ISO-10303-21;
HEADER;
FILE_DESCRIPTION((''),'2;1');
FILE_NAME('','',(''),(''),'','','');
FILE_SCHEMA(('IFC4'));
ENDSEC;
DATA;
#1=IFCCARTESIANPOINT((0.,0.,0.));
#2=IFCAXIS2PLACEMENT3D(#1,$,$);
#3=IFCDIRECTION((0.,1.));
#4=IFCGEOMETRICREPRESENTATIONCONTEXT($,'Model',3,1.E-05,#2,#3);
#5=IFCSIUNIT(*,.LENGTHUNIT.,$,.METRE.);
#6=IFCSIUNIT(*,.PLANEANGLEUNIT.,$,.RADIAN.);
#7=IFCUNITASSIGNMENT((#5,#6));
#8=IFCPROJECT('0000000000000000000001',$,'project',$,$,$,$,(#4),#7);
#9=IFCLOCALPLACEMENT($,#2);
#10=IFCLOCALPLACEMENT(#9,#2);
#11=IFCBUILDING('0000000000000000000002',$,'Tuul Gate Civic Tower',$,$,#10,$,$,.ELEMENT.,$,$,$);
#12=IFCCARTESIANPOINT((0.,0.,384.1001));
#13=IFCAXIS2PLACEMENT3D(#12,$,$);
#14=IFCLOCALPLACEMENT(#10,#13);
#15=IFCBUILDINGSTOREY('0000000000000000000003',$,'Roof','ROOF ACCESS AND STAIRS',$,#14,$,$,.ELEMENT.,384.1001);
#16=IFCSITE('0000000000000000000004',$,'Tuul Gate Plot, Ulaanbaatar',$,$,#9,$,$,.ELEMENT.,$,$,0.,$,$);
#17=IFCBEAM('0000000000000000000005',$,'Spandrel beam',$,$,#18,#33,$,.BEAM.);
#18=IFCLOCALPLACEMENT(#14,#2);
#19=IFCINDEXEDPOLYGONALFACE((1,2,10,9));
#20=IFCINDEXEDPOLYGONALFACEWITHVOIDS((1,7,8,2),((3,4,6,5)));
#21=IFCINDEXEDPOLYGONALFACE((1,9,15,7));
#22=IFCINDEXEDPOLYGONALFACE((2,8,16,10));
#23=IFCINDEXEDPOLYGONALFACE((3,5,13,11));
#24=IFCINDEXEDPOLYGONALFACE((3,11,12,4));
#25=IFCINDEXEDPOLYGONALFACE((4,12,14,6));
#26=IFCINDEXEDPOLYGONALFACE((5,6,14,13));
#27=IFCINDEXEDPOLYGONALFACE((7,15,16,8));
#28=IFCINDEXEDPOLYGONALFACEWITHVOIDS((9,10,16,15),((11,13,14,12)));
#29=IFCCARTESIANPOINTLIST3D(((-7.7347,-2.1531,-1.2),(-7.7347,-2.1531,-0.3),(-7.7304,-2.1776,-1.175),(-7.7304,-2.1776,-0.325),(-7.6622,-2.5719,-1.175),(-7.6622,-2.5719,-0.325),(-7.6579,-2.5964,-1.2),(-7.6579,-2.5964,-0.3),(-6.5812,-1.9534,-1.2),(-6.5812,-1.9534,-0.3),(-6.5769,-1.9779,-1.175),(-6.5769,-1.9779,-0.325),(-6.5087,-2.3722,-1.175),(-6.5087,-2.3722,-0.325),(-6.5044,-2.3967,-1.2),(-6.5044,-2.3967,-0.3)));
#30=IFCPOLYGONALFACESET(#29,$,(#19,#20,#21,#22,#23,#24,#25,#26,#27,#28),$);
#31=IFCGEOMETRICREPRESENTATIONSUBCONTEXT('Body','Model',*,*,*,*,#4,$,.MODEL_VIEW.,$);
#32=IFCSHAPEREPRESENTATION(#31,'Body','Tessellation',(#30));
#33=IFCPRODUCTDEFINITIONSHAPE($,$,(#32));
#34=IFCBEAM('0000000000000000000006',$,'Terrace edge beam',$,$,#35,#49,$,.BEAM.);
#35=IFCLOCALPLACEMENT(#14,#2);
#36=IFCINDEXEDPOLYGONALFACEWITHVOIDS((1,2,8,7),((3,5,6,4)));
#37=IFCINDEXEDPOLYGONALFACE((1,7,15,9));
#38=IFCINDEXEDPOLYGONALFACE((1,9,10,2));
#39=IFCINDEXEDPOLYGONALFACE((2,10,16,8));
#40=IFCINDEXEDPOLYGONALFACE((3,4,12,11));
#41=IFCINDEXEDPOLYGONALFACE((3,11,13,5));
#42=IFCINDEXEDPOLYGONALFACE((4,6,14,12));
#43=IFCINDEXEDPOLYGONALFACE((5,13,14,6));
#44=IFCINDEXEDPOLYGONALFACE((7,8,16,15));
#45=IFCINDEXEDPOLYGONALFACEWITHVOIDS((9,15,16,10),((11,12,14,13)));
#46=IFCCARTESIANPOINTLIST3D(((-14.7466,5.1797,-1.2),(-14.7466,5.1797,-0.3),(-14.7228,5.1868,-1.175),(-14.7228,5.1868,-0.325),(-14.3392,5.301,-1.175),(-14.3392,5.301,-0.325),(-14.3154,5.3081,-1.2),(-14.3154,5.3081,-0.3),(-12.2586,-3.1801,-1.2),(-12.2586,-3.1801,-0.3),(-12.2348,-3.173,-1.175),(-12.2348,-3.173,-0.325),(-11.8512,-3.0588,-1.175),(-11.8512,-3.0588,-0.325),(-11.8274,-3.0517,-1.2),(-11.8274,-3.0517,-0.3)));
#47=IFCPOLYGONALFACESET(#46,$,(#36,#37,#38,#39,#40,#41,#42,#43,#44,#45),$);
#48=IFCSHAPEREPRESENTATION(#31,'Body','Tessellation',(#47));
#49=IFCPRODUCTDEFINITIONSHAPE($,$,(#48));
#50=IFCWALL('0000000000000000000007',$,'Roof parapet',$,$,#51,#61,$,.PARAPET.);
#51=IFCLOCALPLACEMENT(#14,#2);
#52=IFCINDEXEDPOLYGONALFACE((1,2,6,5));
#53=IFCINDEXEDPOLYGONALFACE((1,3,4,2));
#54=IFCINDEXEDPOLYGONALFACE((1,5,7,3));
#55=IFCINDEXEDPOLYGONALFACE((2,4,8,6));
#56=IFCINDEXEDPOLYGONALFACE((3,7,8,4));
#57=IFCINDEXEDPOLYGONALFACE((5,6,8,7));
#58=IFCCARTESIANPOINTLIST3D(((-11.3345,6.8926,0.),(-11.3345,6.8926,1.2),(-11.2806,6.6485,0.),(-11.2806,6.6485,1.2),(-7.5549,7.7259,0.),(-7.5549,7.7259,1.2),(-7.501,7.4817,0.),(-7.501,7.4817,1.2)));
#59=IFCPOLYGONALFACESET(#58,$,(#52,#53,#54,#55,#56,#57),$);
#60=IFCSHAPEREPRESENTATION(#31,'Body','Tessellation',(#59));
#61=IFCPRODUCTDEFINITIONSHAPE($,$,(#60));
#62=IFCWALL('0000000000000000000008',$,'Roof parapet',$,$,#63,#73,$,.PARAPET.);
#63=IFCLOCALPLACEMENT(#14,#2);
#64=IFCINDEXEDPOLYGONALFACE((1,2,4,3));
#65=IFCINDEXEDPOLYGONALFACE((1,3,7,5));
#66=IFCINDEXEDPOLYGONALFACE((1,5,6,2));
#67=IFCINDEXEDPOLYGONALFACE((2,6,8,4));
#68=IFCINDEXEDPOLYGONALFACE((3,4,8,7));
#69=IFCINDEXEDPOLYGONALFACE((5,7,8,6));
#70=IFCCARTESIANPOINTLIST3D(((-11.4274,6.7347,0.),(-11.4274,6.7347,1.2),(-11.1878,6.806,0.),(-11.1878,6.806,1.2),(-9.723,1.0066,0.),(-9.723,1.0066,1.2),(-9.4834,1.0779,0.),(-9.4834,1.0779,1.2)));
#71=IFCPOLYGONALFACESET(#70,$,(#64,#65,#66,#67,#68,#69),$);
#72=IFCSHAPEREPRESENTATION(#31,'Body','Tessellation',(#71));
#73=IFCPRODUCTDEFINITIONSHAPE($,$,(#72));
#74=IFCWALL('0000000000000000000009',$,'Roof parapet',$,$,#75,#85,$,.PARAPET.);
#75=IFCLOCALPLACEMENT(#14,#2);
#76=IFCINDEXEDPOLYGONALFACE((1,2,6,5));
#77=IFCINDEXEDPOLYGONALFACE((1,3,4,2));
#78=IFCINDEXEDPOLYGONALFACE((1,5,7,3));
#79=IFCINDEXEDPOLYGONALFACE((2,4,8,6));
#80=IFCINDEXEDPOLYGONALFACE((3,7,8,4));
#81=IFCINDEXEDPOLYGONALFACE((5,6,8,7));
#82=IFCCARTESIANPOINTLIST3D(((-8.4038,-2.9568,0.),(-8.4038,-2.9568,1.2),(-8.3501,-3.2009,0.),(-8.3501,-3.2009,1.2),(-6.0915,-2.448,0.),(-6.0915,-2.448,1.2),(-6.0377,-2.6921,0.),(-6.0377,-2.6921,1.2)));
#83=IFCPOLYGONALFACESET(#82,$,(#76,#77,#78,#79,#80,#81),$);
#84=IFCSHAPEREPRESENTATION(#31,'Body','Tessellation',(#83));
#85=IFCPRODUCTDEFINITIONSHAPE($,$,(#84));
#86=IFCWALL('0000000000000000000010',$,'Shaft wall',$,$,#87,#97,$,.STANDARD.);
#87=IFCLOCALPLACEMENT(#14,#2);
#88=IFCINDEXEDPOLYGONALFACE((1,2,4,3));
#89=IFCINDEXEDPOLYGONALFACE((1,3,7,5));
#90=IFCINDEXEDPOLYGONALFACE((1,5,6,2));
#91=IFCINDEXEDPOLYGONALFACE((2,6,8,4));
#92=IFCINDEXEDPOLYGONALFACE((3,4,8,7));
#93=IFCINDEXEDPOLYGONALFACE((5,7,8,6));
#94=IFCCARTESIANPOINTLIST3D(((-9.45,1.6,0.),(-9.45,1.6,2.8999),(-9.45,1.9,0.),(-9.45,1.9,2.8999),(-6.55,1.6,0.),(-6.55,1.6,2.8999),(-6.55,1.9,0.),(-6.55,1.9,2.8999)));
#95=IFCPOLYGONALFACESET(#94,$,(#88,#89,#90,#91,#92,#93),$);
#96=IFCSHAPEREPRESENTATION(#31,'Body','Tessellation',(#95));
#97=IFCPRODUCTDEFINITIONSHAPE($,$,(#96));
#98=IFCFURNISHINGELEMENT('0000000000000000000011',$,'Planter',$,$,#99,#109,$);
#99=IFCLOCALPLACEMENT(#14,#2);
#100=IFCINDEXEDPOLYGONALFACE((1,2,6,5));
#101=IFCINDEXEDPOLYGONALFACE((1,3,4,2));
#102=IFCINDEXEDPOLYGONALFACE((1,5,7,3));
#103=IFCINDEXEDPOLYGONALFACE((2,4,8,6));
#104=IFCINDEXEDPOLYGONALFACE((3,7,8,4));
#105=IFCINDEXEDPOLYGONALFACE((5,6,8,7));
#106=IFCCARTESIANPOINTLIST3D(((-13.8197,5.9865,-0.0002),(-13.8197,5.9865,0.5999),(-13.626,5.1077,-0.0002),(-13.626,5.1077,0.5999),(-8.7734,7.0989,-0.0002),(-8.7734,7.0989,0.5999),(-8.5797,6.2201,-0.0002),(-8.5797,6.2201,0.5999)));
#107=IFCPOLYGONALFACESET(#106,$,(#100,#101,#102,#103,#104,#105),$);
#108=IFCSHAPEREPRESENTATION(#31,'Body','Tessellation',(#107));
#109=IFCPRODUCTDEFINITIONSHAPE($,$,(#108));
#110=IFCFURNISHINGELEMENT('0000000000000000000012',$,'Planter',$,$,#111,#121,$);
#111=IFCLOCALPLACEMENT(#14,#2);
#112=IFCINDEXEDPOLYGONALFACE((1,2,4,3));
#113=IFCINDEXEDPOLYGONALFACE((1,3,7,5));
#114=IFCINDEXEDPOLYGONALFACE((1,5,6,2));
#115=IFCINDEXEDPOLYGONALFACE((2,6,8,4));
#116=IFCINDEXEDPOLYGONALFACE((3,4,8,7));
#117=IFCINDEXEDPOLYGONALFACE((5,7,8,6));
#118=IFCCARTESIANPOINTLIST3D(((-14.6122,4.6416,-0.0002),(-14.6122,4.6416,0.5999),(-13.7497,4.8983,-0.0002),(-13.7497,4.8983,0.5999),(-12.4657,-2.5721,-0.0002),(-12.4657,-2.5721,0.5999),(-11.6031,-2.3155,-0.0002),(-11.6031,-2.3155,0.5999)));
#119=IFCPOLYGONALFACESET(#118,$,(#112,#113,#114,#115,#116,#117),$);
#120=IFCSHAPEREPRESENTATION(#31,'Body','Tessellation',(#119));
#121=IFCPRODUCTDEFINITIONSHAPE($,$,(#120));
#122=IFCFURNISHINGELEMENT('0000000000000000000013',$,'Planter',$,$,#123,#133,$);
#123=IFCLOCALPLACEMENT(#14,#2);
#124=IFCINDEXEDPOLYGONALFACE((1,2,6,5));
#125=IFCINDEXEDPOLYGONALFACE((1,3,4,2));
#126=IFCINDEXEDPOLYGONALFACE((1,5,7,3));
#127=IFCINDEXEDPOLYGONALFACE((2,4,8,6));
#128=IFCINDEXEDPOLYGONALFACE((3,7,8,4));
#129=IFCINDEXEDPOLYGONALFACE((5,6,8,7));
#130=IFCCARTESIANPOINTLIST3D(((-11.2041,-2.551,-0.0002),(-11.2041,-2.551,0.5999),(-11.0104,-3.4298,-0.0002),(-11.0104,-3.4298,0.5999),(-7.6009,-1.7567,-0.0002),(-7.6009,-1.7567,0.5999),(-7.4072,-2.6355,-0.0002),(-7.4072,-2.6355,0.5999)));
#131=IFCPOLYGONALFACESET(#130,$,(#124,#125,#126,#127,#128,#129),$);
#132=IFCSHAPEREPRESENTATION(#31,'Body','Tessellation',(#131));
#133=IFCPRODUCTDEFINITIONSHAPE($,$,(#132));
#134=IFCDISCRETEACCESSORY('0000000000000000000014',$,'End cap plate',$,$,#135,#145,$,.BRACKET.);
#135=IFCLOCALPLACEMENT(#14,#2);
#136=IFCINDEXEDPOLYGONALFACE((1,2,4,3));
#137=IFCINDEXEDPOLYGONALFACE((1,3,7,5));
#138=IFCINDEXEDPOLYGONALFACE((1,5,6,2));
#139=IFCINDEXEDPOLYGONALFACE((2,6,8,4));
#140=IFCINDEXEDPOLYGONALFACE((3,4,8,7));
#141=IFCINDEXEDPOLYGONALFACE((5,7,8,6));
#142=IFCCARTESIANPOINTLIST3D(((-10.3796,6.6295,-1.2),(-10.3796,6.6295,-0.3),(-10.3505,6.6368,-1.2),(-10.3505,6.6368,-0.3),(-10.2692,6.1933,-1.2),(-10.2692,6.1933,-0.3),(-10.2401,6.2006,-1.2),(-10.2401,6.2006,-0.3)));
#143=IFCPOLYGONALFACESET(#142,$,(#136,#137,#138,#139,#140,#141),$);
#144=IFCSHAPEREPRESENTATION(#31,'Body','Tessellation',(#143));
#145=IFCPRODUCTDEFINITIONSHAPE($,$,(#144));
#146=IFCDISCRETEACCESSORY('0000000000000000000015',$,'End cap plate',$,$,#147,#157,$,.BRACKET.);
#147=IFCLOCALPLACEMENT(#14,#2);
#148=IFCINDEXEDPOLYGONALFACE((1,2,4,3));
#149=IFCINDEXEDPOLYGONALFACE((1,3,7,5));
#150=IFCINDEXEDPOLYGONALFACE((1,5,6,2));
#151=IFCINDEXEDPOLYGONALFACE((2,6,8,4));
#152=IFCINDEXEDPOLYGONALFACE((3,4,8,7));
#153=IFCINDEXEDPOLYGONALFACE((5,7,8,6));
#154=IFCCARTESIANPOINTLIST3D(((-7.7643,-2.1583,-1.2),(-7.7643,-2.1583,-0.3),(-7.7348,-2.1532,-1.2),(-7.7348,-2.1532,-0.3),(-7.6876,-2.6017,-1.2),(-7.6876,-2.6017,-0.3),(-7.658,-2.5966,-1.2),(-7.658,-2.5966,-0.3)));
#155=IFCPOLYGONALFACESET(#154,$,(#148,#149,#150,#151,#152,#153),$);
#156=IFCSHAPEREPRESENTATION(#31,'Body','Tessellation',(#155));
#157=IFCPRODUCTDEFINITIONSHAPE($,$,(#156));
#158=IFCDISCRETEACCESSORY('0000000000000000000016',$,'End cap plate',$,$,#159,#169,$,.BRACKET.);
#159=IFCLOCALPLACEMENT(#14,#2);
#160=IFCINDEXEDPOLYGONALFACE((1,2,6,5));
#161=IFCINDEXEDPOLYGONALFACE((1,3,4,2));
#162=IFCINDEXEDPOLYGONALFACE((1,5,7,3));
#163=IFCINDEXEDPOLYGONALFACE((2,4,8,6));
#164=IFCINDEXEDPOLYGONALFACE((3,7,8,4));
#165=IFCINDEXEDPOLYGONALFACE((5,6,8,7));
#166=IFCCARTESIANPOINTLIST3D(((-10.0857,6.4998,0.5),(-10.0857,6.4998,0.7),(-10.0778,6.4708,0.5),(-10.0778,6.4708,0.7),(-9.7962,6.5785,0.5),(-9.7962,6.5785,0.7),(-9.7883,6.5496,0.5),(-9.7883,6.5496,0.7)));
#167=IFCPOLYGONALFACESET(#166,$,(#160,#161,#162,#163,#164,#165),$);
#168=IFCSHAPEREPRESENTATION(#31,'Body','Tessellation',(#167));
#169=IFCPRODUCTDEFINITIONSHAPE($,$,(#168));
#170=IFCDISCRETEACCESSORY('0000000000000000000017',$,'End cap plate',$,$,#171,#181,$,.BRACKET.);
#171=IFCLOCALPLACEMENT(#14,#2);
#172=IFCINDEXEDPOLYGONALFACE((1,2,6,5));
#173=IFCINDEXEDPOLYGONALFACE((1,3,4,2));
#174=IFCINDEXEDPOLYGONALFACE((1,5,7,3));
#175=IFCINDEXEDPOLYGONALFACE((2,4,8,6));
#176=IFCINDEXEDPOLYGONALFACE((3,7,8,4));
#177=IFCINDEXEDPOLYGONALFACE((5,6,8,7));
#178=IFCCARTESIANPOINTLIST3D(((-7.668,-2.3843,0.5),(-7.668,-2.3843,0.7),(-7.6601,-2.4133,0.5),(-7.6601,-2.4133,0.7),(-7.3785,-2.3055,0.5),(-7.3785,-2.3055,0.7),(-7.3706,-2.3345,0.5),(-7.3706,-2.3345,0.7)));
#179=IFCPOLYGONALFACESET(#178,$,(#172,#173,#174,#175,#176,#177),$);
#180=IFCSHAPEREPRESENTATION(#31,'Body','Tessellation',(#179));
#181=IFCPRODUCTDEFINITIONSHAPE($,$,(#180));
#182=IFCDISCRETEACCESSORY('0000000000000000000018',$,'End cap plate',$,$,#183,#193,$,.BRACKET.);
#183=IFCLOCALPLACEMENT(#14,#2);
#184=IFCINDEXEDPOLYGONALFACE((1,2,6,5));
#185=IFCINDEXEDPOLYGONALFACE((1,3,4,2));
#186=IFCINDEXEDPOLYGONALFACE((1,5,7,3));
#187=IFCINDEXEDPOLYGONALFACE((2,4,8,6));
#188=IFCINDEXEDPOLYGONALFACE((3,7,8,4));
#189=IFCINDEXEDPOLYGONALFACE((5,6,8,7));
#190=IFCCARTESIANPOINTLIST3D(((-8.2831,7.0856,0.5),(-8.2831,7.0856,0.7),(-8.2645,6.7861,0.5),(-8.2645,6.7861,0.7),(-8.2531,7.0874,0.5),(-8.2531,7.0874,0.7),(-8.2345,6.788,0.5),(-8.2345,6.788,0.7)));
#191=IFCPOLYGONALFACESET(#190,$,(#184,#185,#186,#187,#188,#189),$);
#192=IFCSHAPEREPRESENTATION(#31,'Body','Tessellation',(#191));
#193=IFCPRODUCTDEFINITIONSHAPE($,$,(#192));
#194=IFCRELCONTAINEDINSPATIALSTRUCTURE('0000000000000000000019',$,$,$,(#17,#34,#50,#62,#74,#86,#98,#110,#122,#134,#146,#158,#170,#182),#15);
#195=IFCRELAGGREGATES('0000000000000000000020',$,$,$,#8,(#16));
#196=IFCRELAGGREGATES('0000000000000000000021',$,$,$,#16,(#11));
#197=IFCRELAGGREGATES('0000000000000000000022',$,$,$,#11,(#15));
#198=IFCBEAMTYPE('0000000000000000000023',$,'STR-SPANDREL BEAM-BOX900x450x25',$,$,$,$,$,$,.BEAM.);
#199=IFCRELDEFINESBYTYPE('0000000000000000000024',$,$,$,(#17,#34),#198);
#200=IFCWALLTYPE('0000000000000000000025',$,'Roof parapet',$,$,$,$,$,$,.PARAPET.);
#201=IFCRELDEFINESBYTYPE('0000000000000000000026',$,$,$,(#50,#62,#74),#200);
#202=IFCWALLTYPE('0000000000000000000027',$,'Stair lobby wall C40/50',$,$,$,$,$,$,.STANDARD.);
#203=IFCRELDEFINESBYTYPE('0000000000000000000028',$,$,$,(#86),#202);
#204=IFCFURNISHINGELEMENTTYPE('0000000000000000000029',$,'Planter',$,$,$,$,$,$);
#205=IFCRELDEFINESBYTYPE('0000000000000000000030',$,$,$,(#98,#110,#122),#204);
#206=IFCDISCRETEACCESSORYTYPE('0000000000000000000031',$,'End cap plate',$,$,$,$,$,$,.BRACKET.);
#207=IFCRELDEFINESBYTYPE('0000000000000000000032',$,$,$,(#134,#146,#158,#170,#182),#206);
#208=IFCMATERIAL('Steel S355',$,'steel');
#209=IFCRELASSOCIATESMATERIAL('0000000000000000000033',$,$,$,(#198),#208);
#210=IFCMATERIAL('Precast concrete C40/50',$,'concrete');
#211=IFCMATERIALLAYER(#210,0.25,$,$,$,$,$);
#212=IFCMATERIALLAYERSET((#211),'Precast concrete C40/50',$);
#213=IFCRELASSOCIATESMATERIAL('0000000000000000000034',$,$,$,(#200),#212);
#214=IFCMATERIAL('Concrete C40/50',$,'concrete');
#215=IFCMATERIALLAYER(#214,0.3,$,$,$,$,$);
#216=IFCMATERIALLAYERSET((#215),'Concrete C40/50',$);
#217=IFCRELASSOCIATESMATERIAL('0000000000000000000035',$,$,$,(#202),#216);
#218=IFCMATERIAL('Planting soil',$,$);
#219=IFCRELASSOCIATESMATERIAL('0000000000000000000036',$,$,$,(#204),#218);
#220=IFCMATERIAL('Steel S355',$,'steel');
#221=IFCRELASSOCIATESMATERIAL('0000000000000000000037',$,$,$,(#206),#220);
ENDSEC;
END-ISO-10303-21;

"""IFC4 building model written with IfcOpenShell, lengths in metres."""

from ifc_helpers import new_model, si_unit, direction, frame, frame_2d, origin, origin_2d, place, context, subcontext, project, spatial, rectangle, hollow_rectangle, extrude, material, layer, layer_set, material_profile, profile_set, type_object, element, save


model = new_model("IFC4")

# Units and contexts
model_context = context("Model", 3, precision=1e-05, world=origin(), true_north=direction((0.0, 1.0)))
body_context = subcontext(model_context, "Body", "Model", "MODEL_VIEW")
ifc_project = project(units=[si_unit("LENGTHUNIT", "METRE"), si_unit("PLANEANGLEUNIT", "RADIAN")], contexts=[model_context])

# Site, building, storey
site_placement = place(None, origin())
site = spatial("IfcSite", under=ifc_project, at=site_placement, Name="Tuul Gate Plot, Ulaanbaatar", CompositionType="ELEMENT", RefElevation=0.0)
building_placement = place(site_placement, origin())
building = spatial("IfcBuilding", under=site, at=building_placement, Name="Tuul Gate Civic Tower", CompositionType="ELEMENT")
storey_placement = place(building_placement, frame((0.0, 0.0, 384.1001)))
storey = spatial("IfcBuildingStorey", under=building, at=storey_placement, Name="Roof", Description="ROOF ACCESS AND STAIRS", CompositionType="ELEMENT", Elevation=384.1001)

# Beams
ifc_material_1 = material(Name="Steel S355", Category="steel")
ifc_material_profile_1 = material_profile(ifc_material_1, hollow_rectangle(XDim=0.45, YDim=0.8999, WallThickness=0.0249, at=origin_2d()), Name="BOX900x450x25")
ifc_profile_set_1 = profile_set([ifc_material_profile_1], Name="Steel S355")
beam_type_1 = type_object("IfcBeamType", Name="STR-SPANDREL BEAM-BOX900x450x25", PredefinedType="BEAM", material=ifc_profile_set_1)
beam_1_placement = place(storey_placement, frame((-7.6963, -2.3748, -0.75), z_axis=(0.985343, 0.170584, 0.0), x_axis=(-0.170584, 0.985343, 0.0)))
element("IfcBeam", 1, at=beam_1_placement, inside=storey, type_object=beam_type_1, Name="Spandrel beam", PredefinedType="BEAM", context=body_context, shape_type="SweptSolid", body=[
    extrude(hollow_rectangle(XDim=0.45, YDim=0.8999, WallThickness=0.0249, at=origin_2d()), origin(), (0.0, 0.0, 1.0), 1.1707),
])
beam_2_placement = place(storey_placement, frame((-14.531, 5.2439, -0.75), z_axis=(0.285252, -0.958453, 0.0), x_axis=(0.958453, 0.285252, 0.0)))
element("IfcBeam", 2, at=beam_2_placement, inside=storey, type_object=beam_type_1, Name="Terrace edge beam", PredefinedType="BEAM", context=body_context, shape_type="SweptSolid", body=[
    extrude(hollow_rectangle(XDim=0.45, YDim=0.8999, WallThickness=0.0249, at=origin_2d()), origin(), (0.0, 0.0, 1.0), 8.7222),
])

# Walls
ifc_material_2 = material(Name="Precast concrete C40/50", Category="concrete")
ifc_layer_1 = layer(ifc_material_2, 0.25)
ifc_layer_set_1 = layer_set([ifc_layer_1], Name="Precast concrete C40/50")
wall_type_1 = type_object("IfcWallType", Name="Roof parapet", PredefinedType="PARAPET", material=ifc_layer_set_1)
wall_1_placement = place(storey_placement, frame((-7.5281, 7.6038, 0.0), z_axis=(0.0, 0.0, 1.0), x_axis=(-0.976549, -0.215294, 0.0)))
element("IfcWall", 3, at=wall_1_placement, inside=storey, type_object=wall_type_1, Name="Roof parapet", PredefinedType="PARAPET", context=body_context, shape_type="SweptSolid", body=[
    extrude(rectangle(XDim=3.8704, YDim=0.25, at=frame_2d((1.9351, 0.0))), origin(), (0.0, 0.0, 1.0), 1.2),
])
wall_2_placement = place(storey_placement, frame((-11.3076, 6.7705, 0.0), z_axis=(0.0, 0.0, 1.0), x_axis=(0.285188, -0.958471, 0.0)))
element("IfcWall", 4, at=wall_2_placement, inside=storey, type_object=wall_type_1, Name="Roof parapet", PredefinedType="PARAPET", context=body_context, shape_type="SweptSolid", body=[
    extrude(rectangle(XDim=5.9763, YDim=0.25, at=frame_2d((2.9883, 0.0))), origin(), (0.0, 0.0, 1.0), 1.2),
])
wall_3_placement = place(storey_placement, frame((-8.377, -3.0789, 0.0), z_axis=(0.0, 0.0, 1.0), x_axis=(0.976636, 0.214899, 0.0)))
element("IfcWall", 5, at=wall_3_placement, inside=storey, type_object=wall_type_1, Name="Roof parapet", PredefinedType="PARAPET", context=body_context, shape_type="SweptSolid", body=[
    extrude(rectangle(XDim=2.3677, YDim=0.25, at=frame_2d((1.1838, 0.0))), origin(), (0.0, 0.0, 1.0), 1.2),
])
ifc_material_3 = material(Name="Concrete C40/50", Category="concrete")
ifc_layer_2 = layer(ifc_material_3, 0.3)
ifc_layer_set_2 = layer_set([ifc_layer_2], Name="Concrete C40/50")
wall_type_2 = type_object("IfcWallType", Name="Stair lobby wall C40/50", PredefinedType="STANDARD", material=ifc_layer_set_2)
wall_4_placement = place(storey_placement, frame((-9.45, 1.75, 0.0), z_axis=(0.0, 0.0, 1.0), x_axis=(1.0, 0.0, 0.0)))
element("IfcWall", 6, at=wall_4_placement, inside=storey, type_object=wall_type_2, Name="Shaft wall", PredefinedType="STANDARD", context=body_context, shape_type="SweptSolid", body=[
    extrude(rectangle(XDim=2.8999, YDim=0.3, at=frame_2d((1.45, 0.0))), origin(), (0.0, 0.0, 1.0), 2.8999),
])

# Furnishing elements
ifc_material_4 = material(Name="Planting soil")
furnishing_element_type = type_object("IfcFurnishingElementType", Name="Planter", material=ifc_material_4)
furnishing_1_placement = place(storey_placement, frame((-11.1997, 6.1033, -0.0002), z_axis=(0.0, 0.0, 1.0), x_axis=(-0.976556, -0.215265, 0.0)))
element("IfcFurnishingElement", 7, at=furnishing_1_placement, inside=storey, type_object=furnishing_element_type, Name="Planter", context=body_context, shape_type="SweptSolid", body=[
    extrude(rectangle(XDim=5.1675, YDim=0.8999, at=origin_2d()), origin(), (0.0, 0.0, 1.0), 0.6001),
])
furnishing_2_placement = place(storey_placement, frame((-13.1077, 1.1631, -0.0002), z_axis=(0.0, 0.0, 1.0), x_axis=(0.285203, -0.958467, 0.0)))
element("IfcFurnishingElement", 8, at=furnishing_2_placement, inside=storey, type_object=furnishing_element_type, Name="Planter", context=body_context, shape_type="SweptSolid", body=[
    extrude(rectangle(XDim=7.5264, YDim=0.8999, at=origin_2d()), origin(), (0.0, 0.0, 1.0), 0.6001),
])
furnishing_3_placement = place(storey_placement, frame((-9.3057, -2.5933, -0.0002), z_axis=(0.0, 0.0, 1.0), x_axis=(0.976553, 0.215278, 0.0)))
element("IfcFurnishingElement", 9, at=furnishing_3_placement, inside=storey, type_object=furnishing_element_type, Name="Planter", context=body_context, shape_type="SweptSolid", body=[
    extrude(rectangle(XDim=3.6897, YDim=0.8999, at=origin_2d()), origin(), (0.0, 0.0, 1.0), 0.6001),
])

# Discrete accessories
ifc_material_5 = material(Name="Steel S355", Category="steel")
discrete_accessory_type_1 = type_object("IfcDiscreteAccessoryType", Name="End cap plate", PredefinedType="BRACKET", material=ifc_material_5)
for number, where, z_axis, x_axis, name in (
    (10, (-10.3098, 6.415, -1.2), (0.0, 0.0, 1.0), (-0.969434, -0.245353, 0.0), "End cap plate"),
    (11, (-7.7112, -2.3774, -1.2), (0.0, 0.0, 1.0), (0.985352, 0.170531, 0.0), "End cap plate"),
):
    element("IfcDiscreteAccessory", number, at=place(storey_placement, frame(where, z_axis=z_axis, x_axis=x_axis)), inside=storey, type_object=discrete_accessory_type_1, Name=name, PredefinedType="BRACKET", context=body_context, shape_type="SweptSolid", body=[
        extrude(rectangle(XDim=0.03, YDim=0.45, at=origin_2d()), origin(), (0.0, 0.0, 1.0), 0.8999),
    ])
for number, where, z_axis, x_axis, name in (
    (12, (-9.937, 6.5247, 0.5), (0.0, 0.0, 1.0), (0.262591, -0.964907, 0.0), "End cap plate"),
    (13, (-7.5193, -2.3594, 0.5), (0.0, 0.0, 1.0), (0.262591, -0.964907, 0.0), "End cap plate"),
    (14, (-8.2588, 6.9368, 0.5), (0.0, 0.0, 1.0), (-0.998075, -0.062021, 0.0), "End cap plate"),
):
    element("IfcDiscreteAccessory", number, at=place(storey_placement, frame(where, z_axis=z_axis, x_axis=x_axis)), inside=storey, type_object=discrete_accessory_type_1, Name=name, PredefinedType="BRACKET", context=body_context, shape_type="SweptSolid", body=[
        extrude(rectangle(XDim=0.03, YDim=0.3, at=origin_2d()), origin(), (0.0, 0.0, 1.0), 0.2),
    ])

save(model, "model.ifc")
